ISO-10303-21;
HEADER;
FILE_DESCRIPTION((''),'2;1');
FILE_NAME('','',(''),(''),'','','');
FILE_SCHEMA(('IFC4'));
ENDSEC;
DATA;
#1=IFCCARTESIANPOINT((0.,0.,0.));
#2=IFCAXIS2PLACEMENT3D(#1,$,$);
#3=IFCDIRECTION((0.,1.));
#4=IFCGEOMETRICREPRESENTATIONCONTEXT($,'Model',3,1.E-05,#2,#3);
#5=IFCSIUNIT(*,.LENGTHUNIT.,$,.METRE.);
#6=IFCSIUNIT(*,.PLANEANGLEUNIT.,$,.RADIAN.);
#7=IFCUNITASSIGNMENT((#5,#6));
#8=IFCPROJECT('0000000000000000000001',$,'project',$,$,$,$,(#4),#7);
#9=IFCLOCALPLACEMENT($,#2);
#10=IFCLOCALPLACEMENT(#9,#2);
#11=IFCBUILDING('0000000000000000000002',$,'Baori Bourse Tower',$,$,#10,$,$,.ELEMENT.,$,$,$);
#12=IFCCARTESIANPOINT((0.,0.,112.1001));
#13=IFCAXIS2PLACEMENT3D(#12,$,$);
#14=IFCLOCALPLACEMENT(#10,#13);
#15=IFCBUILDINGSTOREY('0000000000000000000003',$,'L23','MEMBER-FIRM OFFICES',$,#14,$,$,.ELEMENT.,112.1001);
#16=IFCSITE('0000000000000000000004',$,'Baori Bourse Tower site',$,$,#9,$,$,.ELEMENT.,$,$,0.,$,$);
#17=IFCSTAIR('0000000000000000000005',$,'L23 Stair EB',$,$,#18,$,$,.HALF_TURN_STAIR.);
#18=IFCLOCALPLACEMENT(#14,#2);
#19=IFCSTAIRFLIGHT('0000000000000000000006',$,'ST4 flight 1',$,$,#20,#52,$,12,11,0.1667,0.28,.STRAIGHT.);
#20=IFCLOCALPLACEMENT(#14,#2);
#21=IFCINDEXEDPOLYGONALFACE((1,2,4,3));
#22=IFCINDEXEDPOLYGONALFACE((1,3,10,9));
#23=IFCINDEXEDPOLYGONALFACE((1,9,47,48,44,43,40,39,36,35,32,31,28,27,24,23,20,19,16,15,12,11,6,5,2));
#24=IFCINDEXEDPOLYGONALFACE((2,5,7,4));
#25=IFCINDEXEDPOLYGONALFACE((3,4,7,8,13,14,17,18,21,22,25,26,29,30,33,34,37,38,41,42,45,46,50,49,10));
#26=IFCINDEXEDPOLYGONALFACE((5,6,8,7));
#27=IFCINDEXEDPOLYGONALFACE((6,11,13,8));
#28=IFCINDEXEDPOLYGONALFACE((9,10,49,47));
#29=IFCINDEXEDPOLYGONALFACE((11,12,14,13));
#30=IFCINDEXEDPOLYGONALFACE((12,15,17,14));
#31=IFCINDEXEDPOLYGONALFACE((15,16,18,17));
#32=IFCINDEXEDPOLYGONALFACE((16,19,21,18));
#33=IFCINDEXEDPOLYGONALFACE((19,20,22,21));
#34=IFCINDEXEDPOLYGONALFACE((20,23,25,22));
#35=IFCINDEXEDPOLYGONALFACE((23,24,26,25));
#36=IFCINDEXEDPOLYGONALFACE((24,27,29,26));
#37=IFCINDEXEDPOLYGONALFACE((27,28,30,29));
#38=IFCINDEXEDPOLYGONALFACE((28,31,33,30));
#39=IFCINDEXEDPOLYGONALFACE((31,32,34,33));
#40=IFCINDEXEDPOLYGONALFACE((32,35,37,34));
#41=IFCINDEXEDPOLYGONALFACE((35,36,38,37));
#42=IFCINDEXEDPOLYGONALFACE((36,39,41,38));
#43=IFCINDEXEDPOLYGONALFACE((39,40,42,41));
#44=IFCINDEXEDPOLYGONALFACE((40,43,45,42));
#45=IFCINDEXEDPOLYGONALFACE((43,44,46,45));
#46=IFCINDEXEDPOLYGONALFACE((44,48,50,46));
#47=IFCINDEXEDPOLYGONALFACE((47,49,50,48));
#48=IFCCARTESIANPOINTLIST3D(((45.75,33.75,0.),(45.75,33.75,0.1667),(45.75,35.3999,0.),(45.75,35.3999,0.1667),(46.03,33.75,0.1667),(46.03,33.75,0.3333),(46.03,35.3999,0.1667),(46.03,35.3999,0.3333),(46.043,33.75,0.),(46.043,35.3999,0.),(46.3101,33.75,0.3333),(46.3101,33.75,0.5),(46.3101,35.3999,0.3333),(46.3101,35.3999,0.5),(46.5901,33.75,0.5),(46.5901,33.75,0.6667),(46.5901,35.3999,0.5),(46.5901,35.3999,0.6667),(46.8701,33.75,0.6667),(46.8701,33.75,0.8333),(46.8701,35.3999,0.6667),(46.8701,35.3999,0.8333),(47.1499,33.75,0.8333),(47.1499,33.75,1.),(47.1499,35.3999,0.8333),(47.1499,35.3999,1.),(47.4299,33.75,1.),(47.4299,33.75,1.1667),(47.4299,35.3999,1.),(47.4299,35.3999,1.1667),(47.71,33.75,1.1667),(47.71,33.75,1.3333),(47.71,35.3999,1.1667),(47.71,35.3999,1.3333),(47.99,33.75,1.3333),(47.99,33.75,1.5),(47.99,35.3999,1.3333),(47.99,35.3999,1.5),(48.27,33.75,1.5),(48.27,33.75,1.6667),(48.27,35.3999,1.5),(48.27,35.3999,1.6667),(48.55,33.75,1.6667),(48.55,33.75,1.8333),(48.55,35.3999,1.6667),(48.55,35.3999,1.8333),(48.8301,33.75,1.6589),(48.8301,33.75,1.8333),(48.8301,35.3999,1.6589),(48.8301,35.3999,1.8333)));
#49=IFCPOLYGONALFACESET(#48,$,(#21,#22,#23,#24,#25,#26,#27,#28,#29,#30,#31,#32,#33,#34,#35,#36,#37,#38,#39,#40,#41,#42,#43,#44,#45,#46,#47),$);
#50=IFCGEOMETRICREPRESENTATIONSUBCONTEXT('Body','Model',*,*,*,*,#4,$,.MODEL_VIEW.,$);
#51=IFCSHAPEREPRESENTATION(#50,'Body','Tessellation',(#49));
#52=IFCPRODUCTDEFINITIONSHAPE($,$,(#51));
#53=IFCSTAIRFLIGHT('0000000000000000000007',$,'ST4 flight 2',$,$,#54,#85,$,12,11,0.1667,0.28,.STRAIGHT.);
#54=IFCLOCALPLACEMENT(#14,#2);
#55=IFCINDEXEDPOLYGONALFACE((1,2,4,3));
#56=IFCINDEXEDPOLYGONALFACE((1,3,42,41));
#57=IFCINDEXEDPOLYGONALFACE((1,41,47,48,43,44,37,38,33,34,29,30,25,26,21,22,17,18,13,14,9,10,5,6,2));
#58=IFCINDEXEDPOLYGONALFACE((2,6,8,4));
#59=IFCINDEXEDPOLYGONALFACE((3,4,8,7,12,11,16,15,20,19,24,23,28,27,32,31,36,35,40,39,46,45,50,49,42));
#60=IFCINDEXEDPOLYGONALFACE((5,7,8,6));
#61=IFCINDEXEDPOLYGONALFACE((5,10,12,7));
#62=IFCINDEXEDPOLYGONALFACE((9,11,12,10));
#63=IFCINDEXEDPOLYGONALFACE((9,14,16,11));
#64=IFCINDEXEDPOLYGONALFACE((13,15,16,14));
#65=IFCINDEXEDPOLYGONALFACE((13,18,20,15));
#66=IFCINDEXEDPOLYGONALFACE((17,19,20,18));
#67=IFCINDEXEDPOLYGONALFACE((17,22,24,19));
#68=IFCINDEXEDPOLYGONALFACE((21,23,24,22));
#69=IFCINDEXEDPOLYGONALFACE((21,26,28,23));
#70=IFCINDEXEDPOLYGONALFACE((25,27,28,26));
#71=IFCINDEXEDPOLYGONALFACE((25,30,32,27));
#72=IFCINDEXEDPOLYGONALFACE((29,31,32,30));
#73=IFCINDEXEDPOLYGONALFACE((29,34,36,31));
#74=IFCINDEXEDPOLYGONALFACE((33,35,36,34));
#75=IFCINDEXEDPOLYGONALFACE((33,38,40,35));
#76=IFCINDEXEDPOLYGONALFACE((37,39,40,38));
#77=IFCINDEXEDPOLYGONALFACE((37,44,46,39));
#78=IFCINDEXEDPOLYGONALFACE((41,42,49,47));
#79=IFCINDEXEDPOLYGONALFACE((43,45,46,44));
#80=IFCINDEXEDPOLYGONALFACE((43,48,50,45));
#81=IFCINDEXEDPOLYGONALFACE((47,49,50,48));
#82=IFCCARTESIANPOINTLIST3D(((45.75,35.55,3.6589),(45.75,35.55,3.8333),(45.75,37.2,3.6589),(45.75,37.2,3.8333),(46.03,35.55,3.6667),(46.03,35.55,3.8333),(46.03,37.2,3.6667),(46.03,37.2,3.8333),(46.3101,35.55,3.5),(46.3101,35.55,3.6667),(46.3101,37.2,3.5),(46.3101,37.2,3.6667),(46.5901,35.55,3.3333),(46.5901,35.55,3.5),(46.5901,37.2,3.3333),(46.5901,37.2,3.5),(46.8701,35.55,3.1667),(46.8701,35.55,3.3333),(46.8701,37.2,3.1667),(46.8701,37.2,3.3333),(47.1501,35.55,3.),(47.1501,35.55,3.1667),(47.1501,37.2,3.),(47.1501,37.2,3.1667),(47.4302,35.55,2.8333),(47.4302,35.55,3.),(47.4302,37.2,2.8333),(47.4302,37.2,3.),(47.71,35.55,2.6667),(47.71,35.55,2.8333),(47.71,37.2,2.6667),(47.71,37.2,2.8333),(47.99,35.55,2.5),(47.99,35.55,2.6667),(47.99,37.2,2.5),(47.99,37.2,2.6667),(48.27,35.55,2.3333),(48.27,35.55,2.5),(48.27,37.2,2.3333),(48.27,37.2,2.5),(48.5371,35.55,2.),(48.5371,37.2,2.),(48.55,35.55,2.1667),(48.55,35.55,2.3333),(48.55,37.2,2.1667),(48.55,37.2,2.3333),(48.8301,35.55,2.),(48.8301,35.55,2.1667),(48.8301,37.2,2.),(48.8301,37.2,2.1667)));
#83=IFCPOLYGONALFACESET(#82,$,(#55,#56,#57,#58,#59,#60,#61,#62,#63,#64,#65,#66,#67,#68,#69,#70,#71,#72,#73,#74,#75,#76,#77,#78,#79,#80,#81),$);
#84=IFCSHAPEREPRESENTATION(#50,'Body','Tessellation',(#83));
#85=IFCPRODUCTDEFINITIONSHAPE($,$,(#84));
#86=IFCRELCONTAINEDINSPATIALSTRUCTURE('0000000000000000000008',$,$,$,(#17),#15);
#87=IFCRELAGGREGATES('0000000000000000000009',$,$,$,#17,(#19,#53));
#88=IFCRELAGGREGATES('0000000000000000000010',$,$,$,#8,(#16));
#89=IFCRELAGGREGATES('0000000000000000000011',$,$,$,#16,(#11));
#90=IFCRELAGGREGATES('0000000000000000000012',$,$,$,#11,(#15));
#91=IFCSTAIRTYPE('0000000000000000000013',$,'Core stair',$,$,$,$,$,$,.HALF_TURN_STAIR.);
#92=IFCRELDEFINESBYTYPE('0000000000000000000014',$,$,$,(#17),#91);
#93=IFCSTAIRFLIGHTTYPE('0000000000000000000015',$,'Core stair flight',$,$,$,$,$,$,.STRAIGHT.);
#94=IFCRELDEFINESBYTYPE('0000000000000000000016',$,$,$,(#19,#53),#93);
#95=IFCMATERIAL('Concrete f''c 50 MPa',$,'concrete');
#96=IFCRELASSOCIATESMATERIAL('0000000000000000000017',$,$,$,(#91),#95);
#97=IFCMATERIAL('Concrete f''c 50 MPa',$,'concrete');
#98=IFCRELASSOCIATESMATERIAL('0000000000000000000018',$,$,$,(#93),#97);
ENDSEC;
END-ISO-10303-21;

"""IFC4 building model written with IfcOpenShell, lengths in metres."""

from ifc_helpers import new_model, si_unit, direction, frame, origin, place, context, subcontext, project, spatial, polyline, outline, extrude, material, type_object, element, aggregate, save


model = new_model("IFC4")

# Units and contexts
model_context = context("Model", 3, precision=1e-05, world=origin(), true_north=direction((0.0, 1.0)))
body_context = subcontext(model_context, "Body", "Model", "MODEL_VIEW")
ifc_project = project(units=[si_unit("LENGTHUNIT", "METRE"), si_unit("PLANEANGLEUNIT", "RADIAN")], contexts=[model_context])

# Site, building, storey
site_placement = place(None, origin())
site = spatial("IfcSite", under=ifc_project, at=site_placement, Name="Baori Bourse Tower site", CompositionType="ELEMENT", RefElevation=0.0)
building_placement = place(site_placement, origin())
building = spatial("IfcBuilding", under=site, at=building_placement, Name="Baori Bourse Tower", CompositionType="ELEMENT")
storey_placement = place(building_placement, frame((0.0, 0.0, 112.1001)))
storey = spatial("IfcBuildingStorey", under=building, at=storey_placement, Name="L23", Description="MEMBER-FIRM OFFICES", CompositionType="ELEMENT", Elevation=112.1001)

# Stair, stair flights
ifc_material_1 = material(Name="Concrete f'c 50 MPa", Category="concrete")
stair_type = type_object("IfcStairType", Name="Core stair", PredefinedType="HALF_TURN_STAIR", material=ifc_material_1)
stair_placement = place(storey_placement, origin())
stair = element("IfcStair", 1, at=stair_placement, inside=storey, type_object=stair_type, Name="L23 Stair EB", PredefinedType="HALF_TURN_STAIR")
ifc_material_2 = material(Name="Concrete f'c 50 MPa", Category="concrete")
stair_flight_type = type_object("IfcStairFlightType", Name="Core stair flight", PredefinedType="STRAIGHT", material=ifc_material_2)
stair_flight_1_placement = place(storey_placement, frame((45.75, 34.575, 0.0), z_axis=(0.0, 0.0, 1.0), x_axis=(1.0, 0.0, 0.0)))
stair_flight_1 = element("IfcStairFlight", 2, at=stair_flight_1_placement, type_object=stair_flight_type, Name="ST4 flight 1", NumberOfRisers=12, NumberOfTreads=11, PredefinedType="STRAIGHT", RiserHeight=0.1667, TreadLength=0.28, context=body_context, shape_type="SweptSolid", body=[
    extrude(outline(polyline([(0.0, 0.0), (0.0, 0.1667), (0.28, 0.1667), (0.28, 0.3333), (0.5601, 0.3333), (0.5601, 0.5), (0.8401, 0.5), (0.8401, 0.6667), (1.1201, 0.6667), (1.1201, 0.8333), (1.3999, 0.8333), (1.3999, 1.0), (1.6799, 1.0), (1.6799, 1.1667), (1.96, 1.1667), (1.96, 1.3333), (2.24, 1.3333), (2.24, 1.5), (2.52, 1.5), (2.52, 1.6667), (2.8, 1.6667), (2.8, 1.8333), (3.0801, 1.8333), (3.0801, 2.0), (3.0801, 1.6589), (0.293, 0.0), (0.0, 0.0)])), frame((0.0, 0.825, 0.0), z_axis=(0.0, -1.0, 0.0), x_axis=(1.0, 0.0, 0.0)), (0.0, 0.0, 1.0), 1.6499),
])
stair_flight_2_placement = place(storey_placement, frame((48.8301, 36.375, 2.0), z_axis=(0.0, 0.0, 1.0), x_axis=(-1.0, 0.0, 0.0)))
stair_flight_2 = element("IfcStairFlight", 3, at=stair_flight_2_placement, type_object=stair_flight_type, Name="ST4 flight 2", NumberOfRisers=12, NumberOfTreads=11, PredefinedType="STRAIGHT", RiserHeight=0.1667, TreadLength=0.28, context=body_context, shape_type="SweptSolid", body=[
    extrude(outline(polyline([(0.0, 0.0), (0.0, 0.1667), (0.28, 0.1667), (0.28, 0.3333), (0.5601, 0.3333), (0.5601, 0.5), (0.8401, 0.5), (0.8401, 0.6667), (1.1201, 0.6667), (1.1201, 0.8333), (1.3999, 0.8333), (1.3999, 1.0), (1.6799, 1.0), (1.6799, 1.1667), (1.96, 1.1667), (1.96, 1.3333), (2.24, 1.3333), (2.24, 1.5), (2.52, 1.5), (2.52, 1.6667), (2.8, 1.6667), (2.8, 1.8333), (3.0801, 1.8333), (3.0801, 2.0), (3.0801, 1.6589), (0.293, 0.0), (0.0, 0.0)])), frame((0.0, 0.825, 0.0), z_axis=(0.0, -1.0, 0.0), x_axis=(1.0, 0.0, 0.0)), (0.0, 0.0, 1.0), 1.6499),
])
aggregate(stair, [stair_flight_1, stair_flight_2])

save(model, "model.ifc")
